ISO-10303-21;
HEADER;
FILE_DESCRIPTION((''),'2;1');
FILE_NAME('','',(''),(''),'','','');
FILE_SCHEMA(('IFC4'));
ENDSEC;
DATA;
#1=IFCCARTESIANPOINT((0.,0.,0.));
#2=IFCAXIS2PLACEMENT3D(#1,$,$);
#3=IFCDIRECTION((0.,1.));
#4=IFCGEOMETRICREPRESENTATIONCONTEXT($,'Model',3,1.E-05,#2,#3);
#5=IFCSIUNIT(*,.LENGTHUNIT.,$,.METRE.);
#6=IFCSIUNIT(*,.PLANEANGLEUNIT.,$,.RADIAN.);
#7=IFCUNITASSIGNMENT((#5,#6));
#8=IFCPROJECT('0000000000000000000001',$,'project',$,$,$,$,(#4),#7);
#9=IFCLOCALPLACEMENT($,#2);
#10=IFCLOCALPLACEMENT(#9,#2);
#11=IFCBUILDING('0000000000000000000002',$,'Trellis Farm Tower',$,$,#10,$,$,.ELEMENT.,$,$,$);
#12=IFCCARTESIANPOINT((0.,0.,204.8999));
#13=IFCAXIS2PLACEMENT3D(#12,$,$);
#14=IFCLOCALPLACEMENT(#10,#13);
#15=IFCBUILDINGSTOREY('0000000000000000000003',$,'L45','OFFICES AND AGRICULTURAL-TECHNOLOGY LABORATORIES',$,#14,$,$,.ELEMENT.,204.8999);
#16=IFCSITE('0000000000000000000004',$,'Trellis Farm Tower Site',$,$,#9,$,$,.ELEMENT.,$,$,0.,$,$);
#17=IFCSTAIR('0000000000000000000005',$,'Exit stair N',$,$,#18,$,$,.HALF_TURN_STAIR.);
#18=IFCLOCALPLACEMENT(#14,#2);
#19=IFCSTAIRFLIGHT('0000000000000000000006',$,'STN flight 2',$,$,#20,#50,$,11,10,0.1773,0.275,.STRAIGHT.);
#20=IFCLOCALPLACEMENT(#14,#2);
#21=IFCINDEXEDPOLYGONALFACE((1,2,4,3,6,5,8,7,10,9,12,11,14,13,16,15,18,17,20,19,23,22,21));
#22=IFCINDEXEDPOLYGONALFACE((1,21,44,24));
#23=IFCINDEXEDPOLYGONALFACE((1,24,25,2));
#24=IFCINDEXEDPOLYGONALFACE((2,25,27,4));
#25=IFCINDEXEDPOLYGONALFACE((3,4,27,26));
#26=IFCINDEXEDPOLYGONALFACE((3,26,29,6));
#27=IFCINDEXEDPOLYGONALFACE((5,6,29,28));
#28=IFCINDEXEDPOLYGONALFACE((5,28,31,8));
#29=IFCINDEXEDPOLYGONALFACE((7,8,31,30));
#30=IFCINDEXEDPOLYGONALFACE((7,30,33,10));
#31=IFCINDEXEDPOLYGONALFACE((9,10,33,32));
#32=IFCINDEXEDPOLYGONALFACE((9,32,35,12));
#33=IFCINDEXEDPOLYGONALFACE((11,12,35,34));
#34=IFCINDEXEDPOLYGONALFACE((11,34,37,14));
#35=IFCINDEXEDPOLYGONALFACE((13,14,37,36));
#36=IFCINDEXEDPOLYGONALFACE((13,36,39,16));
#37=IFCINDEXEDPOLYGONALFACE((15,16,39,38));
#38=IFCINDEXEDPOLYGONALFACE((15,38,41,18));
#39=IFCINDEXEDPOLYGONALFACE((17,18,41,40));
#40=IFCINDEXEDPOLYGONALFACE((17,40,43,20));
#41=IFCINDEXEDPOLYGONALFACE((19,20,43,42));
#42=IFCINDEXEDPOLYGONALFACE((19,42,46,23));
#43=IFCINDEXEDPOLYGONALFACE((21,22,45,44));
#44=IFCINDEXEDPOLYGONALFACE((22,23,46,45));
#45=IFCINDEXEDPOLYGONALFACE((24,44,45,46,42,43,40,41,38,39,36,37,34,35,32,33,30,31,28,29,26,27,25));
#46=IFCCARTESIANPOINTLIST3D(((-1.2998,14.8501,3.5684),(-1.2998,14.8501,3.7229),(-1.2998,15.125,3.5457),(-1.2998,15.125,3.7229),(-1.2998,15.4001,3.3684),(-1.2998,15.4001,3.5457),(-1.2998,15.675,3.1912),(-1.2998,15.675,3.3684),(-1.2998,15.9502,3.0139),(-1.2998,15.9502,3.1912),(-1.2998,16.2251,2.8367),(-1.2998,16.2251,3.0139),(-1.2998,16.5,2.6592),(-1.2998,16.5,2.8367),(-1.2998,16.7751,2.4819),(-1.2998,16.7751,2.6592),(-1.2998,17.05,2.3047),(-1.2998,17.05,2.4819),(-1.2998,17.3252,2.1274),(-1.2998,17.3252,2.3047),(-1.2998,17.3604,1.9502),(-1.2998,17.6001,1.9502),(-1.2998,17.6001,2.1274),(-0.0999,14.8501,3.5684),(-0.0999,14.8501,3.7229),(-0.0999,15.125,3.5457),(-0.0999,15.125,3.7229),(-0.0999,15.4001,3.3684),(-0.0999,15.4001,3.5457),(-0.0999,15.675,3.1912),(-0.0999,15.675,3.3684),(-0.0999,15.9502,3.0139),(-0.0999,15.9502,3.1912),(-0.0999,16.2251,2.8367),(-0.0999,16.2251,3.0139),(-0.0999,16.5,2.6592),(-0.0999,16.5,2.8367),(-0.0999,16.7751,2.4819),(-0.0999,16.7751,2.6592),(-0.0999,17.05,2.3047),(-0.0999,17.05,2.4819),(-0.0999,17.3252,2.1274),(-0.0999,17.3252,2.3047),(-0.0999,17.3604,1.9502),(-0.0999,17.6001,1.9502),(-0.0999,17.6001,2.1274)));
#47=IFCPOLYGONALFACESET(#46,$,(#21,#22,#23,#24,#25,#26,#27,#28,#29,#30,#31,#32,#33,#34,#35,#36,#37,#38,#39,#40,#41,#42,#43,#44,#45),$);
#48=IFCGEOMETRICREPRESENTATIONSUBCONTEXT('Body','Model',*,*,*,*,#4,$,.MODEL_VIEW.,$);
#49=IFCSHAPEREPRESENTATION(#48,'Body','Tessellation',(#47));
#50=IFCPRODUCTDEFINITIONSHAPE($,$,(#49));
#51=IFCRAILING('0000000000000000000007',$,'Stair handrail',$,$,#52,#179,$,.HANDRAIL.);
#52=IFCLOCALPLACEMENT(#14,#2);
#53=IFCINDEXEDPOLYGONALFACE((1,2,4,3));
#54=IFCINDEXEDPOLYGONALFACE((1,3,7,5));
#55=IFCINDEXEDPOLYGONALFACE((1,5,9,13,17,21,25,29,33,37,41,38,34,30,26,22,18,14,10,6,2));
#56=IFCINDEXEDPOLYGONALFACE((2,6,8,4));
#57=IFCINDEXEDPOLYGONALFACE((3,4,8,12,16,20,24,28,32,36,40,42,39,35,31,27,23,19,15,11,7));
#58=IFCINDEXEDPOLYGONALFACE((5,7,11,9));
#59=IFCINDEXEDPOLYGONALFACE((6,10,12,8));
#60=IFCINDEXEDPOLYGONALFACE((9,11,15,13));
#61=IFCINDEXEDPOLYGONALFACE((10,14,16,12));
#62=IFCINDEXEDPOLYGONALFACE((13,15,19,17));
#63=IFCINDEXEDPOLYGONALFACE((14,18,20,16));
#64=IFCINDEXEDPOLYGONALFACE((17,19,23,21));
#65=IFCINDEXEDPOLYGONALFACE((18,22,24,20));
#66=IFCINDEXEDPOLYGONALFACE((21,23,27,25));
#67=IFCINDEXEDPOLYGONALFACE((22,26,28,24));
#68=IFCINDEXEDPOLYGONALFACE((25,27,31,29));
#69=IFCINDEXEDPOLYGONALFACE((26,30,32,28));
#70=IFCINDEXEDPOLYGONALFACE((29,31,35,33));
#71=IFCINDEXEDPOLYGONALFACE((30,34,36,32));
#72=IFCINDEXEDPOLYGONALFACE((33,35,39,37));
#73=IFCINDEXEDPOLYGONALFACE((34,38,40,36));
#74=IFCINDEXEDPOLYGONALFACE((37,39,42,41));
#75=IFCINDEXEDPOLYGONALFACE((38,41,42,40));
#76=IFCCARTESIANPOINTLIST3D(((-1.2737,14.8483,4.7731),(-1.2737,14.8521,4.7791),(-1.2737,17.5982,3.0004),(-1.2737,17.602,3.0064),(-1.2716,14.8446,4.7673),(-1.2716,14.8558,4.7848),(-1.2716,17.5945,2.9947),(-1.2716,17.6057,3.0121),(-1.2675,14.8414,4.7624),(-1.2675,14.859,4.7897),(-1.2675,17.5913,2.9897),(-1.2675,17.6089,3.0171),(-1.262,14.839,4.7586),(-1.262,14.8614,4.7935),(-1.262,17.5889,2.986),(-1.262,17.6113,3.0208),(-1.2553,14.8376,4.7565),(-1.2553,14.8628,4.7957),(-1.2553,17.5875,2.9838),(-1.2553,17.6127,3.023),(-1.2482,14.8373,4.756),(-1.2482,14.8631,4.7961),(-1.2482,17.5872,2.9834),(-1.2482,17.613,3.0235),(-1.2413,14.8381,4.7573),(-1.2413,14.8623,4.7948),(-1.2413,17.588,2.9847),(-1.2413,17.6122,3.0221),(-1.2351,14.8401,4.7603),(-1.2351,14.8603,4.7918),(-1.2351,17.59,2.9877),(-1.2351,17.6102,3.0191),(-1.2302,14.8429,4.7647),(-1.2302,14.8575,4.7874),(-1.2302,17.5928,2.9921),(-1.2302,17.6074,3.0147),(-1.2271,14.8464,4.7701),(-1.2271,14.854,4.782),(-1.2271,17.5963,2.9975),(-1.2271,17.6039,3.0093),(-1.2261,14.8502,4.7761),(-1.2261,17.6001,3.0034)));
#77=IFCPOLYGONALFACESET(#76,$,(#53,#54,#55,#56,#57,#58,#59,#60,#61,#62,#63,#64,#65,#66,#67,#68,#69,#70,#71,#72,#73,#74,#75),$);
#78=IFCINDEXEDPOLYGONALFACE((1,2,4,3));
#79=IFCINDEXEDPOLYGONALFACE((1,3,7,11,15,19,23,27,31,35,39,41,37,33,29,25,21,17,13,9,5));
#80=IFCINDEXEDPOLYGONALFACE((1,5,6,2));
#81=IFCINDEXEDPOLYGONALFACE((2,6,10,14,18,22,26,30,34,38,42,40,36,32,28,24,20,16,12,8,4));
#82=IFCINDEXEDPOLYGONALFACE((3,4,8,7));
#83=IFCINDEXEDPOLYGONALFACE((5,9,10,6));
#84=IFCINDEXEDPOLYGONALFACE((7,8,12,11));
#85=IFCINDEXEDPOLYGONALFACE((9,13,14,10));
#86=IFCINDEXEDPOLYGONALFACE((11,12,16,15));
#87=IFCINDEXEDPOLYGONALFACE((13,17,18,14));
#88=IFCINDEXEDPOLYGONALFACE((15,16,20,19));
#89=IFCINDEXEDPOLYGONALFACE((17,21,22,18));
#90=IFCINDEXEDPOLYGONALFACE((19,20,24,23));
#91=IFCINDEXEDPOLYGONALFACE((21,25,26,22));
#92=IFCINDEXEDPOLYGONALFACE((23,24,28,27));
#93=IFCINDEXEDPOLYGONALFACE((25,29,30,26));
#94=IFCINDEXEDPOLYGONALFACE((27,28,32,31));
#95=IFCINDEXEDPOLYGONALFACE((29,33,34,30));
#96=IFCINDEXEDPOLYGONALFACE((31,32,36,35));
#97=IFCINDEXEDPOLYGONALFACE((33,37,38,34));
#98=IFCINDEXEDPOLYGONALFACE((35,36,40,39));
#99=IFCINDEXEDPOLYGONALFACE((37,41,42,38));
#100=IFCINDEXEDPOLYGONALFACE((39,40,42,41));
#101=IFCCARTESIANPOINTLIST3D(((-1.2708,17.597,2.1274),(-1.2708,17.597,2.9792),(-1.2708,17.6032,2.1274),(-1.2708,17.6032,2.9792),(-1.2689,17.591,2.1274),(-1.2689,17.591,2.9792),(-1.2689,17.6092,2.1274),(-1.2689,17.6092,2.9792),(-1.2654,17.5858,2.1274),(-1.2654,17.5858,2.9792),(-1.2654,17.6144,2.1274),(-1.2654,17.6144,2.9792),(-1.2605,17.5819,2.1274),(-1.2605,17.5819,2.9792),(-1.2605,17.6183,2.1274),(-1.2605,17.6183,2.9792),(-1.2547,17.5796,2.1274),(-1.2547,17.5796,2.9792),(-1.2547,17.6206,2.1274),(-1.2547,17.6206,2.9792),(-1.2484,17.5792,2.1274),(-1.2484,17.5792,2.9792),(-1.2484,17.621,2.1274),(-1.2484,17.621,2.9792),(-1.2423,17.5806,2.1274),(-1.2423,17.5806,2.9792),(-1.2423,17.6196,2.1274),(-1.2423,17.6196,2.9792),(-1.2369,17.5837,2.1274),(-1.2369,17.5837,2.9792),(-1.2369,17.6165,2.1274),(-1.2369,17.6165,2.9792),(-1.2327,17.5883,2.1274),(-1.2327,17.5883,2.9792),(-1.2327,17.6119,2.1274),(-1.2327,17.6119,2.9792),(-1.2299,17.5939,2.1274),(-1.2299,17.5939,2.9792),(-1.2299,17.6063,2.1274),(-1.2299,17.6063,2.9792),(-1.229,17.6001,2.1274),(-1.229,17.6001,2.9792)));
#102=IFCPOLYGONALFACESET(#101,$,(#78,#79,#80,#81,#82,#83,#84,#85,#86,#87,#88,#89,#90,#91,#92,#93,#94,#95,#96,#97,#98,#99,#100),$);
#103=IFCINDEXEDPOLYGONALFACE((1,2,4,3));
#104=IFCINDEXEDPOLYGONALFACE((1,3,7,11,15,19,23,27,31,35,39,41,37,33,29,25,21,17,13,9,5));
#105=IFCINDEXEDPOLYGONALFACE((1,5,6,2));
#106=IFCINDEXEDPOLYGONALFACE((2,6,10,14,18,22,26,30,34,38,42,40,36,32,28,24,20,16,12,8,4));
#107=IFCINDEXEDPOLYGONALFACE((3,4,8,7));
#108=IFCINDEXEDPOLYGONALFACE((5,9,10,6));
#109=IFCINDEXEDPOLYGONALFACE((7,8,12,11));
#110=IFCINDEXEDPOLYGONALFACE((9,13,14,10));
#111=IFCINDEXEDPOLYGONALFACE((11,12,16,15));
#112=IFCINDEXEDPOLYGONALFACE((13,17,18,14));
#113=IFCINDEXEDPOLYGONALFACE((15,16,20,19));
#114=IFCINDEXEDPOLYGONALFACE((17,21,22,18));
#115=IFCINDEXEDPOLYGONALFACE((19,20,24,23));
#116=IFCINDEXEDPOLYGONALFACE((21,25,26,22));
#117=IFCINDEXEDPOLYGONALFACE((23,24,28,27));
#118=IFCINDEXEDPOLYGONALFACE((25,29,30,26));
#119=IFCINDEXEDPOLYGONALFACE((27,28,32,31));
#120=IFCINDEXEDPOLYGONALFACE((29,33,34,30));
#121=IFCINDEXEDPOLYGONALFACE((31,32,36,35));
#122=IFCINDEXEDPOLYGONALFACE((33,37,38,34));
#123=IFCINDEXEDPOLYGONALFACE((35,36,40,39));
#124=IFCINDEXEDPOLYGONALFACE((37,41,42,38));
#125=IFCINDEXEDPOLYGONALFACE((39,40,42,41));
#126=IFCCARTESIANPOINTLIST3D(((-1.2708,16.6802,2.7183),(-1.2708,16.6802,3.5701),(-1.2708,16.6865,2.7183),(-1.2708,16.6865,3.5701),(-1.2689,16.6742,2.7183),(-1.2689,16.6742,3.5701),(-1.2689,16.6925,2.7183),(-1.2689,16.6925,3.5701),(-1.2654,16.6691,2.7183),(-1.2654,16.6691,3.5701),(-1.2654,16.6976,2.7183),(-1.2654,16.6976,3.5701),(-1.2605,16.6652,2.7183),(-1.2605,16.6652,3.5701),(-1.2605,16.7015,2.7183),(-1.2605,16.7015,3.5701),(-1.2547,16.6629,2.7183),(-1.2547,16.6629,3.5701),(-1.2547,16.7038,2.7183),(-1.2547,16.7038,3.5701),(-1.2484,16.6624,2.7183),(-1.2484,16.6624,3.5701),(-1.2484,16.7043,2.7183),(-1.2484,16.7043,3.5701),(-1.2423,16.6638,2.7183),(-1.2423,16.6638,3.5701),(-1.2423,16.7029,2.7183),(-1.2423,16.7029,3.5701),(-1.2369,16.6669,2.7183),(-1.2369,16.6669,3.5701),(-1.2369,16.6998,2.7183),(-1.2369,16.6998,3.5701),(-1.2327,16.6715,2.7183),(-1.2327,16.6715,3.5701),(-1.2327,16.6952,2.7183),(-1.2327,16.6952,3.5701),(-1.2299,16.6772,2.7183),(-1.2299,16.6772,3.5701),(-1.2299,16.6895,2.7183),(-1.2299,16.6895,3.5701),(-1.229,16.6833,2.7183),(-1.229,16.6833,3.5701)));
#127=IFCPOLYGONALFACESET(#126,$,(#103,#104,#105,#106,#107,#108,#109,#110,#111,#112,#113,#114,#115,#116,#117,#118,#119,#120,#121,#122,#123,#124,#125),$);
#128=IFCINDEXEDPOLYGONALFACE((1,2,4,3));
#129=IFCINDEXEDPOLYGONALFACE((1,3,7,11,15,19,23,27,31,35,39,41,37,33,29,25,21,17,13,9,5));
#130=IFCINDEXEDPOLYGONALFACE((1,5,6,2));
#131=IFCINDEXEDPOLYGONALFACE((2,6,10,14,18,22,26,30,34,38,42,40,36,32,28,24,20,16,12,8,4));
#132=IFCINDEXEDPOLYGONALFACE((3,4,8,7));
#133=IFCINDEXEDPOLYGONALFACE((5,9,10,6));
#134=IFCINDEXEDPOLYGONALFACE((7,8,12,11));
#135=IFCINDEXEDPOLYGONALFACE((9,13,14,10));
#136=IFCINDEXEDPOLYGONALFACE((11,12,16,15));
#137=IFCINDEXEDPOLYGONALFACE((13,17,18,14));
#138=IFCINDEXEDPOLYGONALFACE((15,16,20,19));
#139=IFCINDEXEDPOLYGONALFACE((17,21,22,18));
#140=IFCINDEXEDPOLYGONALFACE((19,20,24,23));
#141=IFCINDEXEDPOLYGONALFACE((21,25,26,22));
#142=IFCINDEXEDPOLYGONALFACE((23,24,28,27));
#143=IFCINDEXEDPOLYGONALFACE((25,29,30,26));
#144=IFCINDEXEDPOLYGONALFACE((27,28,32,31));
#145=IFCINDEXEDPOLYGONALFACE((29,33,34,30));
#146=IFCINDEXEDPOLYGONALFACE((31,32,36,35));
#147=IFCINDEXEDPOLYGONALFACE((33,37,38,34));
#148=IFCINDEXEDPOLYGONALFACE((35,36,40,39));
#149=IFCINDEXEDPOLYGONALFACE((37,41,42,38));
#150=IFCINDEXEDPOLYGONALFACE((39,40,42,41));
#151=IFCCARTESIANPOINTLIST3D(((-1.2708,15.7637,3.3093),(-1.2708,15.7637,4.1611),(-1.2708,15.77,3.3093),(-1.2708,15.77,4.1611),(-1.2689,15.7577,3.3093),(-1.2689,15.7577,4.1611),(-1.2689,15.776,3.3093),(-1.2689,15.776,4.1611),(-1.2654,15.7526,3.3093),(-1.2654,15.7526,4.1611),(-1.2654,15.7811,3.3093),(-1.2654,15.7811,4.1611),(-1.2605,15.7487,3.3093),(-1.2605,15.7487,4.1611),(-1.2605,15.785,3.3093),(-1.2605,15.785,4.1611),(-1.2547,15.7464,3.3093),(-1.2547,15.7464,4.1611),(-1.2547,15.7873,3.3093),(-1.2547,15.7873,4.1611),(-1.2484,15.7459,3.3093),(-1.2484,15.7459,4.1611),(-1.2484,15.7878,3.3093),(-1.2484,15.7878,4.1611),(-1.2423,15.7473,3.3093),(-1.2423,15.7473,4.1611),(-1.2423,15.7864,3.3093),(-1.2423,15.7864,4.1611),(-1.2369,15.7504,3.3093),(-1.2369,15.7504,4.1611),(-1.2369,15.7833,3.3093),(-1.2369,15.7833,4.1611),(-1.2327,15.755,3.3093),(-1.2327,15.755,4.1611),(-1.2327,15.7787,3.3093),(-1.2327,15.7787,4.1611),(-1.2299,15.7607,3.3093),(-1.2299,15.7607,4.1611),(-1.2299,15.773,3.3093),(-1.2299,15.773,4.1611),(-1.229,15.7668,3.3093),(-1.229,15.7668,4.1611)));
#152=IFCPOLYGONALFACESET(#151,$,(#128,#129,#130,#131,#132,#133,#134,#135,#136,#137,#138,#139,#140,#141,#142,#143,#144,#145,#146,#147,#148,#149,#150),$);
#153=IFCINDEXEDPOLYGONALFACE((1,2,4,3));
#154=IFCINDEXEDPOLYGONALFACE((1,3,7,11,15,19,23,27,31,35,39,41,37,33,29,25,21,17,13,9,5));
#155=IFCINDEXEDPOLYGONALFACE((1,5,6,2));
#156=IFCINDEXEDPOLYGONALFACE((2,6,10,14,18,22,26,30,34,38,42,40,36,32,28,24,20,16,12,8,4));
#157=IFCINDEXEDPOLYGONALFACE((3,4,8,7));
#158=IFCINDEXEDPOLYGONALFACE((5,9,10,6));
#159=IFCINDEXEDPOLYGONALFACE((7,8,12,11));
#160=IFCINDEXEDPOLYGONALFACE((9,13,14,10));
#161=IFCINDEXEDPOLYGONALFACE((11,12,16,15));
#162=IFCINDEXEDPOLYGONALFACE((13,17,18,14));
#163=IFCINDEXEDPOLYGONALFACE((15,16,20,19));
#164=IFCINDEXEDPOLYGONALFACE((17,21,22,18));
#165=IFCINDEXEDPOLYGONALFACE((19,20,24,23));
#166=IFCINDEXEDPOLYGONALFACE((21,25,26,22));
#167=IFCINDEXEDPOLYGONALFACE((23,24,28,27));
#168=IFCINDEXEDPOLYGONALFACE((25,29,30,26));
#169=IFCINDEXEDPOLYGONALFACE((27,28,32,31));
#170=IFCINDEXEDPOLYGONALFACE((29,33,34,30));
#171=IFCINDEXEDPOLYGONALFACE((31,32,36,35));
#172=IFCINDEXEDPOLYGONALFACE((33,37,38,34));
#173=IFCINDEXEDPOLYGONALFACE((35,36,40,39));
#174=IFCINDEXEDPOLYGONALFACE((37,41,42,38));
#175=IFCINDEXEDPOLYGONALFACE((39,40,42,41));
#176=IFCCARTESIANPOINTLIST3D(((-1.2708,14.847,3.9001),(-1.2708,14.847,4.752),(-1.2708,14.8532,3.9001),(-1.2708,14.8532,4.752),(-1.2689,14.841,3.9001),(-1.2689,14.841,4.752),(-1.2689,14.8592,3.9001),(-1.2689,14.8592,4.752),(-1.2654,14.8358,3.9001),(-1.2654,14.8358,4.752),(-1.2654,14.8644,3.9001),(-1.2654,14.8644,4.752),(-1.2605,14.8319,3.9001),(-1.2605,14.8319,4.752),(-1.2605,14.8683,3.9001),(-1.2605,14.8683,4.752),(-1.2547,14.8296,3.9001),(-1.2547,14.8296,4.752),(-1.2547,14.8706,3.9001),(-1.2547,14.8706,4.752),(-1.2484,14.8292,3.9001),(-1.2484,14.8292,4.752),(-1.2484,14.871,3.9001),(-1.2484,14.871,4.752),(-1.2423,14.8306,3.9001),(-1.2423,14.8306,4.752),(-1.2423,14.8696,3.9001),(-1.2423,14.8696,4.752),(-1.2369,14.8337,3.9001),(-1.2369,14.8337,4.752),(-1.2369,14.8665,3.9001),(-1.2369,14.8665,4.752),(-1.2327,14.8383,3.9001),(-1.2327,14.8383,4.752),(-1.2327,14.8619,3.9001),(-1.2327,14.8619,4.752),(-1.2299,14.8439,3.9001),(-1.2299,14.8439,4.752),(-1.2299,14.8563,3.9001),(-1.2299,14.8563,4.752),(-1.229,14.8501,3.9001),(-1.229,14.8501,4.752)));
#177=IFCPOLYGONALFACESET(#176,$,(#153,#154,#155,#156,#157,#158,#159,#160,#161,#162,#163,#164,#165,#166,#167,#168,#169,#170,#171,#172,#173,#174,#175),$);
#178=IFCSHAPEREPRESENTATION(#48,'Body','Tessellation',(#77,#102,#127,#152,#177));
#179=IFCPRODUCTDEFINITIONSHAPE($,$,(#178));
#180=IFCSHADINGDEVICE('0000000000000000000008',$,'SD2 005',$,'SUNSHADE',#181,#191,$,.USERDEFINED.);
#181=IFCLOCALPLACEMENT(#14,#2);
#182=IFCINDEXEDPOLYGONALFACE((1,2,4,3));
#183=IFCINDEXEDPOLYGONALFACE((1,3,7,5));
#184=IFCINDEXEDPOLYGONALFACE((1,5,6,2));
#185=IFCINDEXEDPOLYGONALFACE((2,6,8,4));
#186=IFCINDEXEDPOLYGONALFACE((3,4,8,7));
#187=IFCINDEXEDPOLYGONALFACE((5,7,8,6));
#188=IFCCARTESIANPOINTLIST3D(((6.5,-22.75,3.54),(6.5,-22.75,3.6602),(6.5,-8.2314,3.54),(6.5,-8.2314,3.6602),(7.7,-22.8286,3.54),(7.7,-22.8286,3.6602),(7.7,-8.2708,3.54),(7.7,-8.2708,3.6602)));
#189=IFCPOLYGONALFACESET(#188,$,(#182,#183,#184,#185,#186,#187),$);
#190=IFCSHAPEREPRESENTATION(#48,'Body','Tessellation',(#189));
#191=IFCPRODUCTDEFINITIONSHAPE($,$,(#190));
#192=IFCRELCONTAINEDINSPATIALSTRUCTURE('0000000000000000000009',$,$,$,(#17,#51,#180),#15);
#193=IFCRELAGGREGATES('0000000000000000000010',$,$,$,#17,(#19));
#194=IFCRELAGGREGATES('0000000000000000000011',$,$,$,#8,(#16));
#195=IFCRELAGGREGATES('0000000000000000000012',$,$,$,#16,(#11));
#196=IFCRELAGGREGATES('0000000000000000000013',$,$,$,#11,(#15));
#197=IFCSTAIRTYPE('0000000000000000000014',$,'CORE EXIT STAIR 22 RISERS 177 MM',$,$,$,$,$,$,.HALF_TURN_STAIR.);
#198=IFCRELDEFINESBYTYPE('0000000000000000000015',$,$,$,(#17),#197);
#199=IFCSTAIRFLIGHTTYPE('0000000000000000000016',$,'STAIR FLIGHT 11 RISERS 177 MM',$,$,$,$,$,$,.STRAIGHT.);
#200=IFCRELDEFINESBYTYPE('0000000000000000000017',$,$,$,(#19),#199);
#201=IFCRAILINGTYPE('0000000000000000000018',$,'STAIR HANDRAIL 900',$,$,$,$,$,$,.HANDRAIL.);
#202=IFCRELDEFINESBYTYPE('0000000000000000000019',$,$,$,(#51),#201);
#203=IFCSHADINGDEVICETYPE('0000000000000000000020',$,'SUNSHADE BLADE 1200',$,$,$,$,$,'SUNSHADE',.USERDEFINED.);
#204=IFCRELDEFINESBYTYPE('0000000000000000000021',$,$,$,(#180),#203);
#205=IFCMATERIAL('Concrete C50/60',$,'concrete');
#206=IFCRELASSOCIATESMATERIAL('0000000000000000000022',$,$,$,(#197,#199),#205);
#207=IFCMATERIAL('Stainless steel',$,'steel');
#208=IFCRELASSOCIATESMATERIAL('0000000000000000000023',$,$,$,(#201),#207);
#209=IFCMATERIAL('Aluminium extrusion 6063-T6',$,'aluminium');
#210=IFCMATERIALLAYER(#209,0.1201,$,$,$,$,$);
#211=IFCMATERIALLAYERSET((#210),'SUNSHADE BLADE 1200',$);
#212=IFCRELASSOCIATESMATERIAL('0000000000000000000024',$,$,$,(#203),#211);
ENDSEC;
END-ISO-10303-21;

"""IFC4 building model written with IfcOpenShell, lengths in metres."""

from ifc_helpers import new_model, si_unit, direction, frame, origin, origin_2d, place, context, subcontext, project, spatial, polyline, circle, outline, extrude, source, transform, mapped, material, layer, layer_set, type_object, element, aggregate, save


model = new_model("IFC4")

# Units and contexts
model_context = context("Model", 3, precision=1e-05, world=origin(), true_north=direction((0.0, 1.0)))
body_context = subcontext(model_context, "Body", "Model", "MODEL_VIEW")
ifc_project = project(units=[si_unit("LENGTHUNIT", "METRE"), si_unit("PLANEANGLEUNIT", "RADIAN")], contexts=[model_context])

# Site, building, storey
site_placement = place(None, origin())
site = spatial("IfcSite", under=ifc_project, at=site_placement, Name="Trellis Farm Tower Site", CompositionType="ELEMENT", RefElevation=0.0)
building_placement = place(site_placement, origin())
building = spatial("IfcBuilding", under=site, at=building_placement, Name="Trellis Farm Tower", CompositionType="ELEMENT")
storey_placement = place(building_placement, frame((0.0, 0.0, 204.8999)))
storey = spatial("IfcBuildingStorey", under=building, at=storey_placement, Name="L45", Description="OFFICES AND AGRICULTURAL-TECHNOLOGY LABORATORIES", CompositionType="ELEMENT", Elevation=204.8999)

# Shared definitions
placement = place(storey_placement, origin())
ifc_material_1 = material(Name="Aluminium extrusion 6063-T6", Category="aluminium")

# Stair, stair flight
ifc_material_2 = material(Name="Concrete C50/60", Category="concrete")
stair_type = type_object("IfcStairType", Name="CORE EXIT STAIR 22 RISERS 177 MM", PredefinedType="HALF_TURN_STAIR", material=ifc_material_2)
stair = element("IfcStair", 1, at=placement, inside=storey, type_object=stair_type, Name="Exit stair N", PredefinedType="HALF_TURN_STAIR")
stair_flight_type = type_object("IfcStairFlightType", Name="STAIR FLIGHT 11 RISERS 177 MM", PredefinedType="STRAIGHT", material=ifc_material_2)
shared_shape_1 = source(origin(), body_context, "Body", "SweptSolid", [
    extrude(outline(polyline([(0.0, 0.0), (0.0, 0.1772), (0.2749, 0.1772), (0.2749, 0.3545), (0.55, 0.3545), (0.55, 0.5317), (0.825, 0.5317), (0.825, 0.709), (1.1001, 0.709), (1.1001, 0.8865), (1.375, 0.8865), (1.375, 1.0637), (1.6499, 1.0637), (1.6499, 1.241), (1.925, 1.241), (1.925, 1.4182), (2.2, 1.4182), (2.2, 1.5955), (2.4751, 1.5955), (2.4751, 1.7727), (2.75, 1.7727), (2.75, 1.95), (2.75, 1.6182), (0.2397, 0.0), (0.0, 0.0)])), frame((0.0, 0.6001, 0.0), z_axis=(0.0, -1.0, 0.0), x_axis=(1.0, 0.0, 0.0)), (0.0, 0.0, 1.0), 1.2),
])
stair_flight_placement = place(storey_placement, frame((-0.7, 17.6001, 1.9502), z_axis=(0.0, 0.0, 1.0), x_axis=(0.0, -1.0, 0.0)))
stair_flight = element("IfcStairFlight", 2, at=stair_flight_placement, type_object=stair_flight_type, Name="STN flight 2", NumberOfRisers=11, NumberOfTreads=10, PredefinedType="STRAIGHT", RiserHeight=0.1773, TreadLength=0.275, context=body_context, shape_type="MappedRepresentation", body=[
    mapped(shared_shape_1, transform((0.0, 0.0, 0.0))),
])
aggregate(stair, [stair_flight])

# Railing
ifc_material_3 = material(Name="Stainless steel", Category="steel")
railing_type = type_object("IfcRailingType", Name="STAIR HANDRAIL 900", PredefinedType="HANDRAIL", material=ifc_material_3)
shared_shape_2 = source(origin(), body_context, "Body", "SweptSolid", [
    extrude(circle(Radius=0.0239, at=origin_2d()), frame((0.0, 0.0, 0.876), z_axis=(0.0, -0.840504, 0.541806), x_axis=(1.0, 0.0, 0.0)), (0.0, 0.0, 1.0), 3.2717),
    extrude(circle(Radius=0.021, at=origin_2d()), origin(), (0.0, 0.0, 1.0), 0.8518),
    extrude(circle(Radius=0.021, at=origin_2d()), frame((0.0, -0.9167, 0.5908)), (0.0, 0.0, 1.0), 0.8518),
    extrude(circle(Radius=0.021, at=origin_2d()), frame((0.0, -1.8333, 1.1819)), (0.0, 0.0, 1.0), 0.8518),
    extrude(circle(Radius=0.021, at=origin_2d()), frame((0.0, -2.75, 1.7727)), (0.0, 0.0, 1.0), 0.8518),
])
railing_placement = place(storey_placement, frame((-1.25, 17.6001, 2.1274)))
element("IfcRailing", 3, at=railing_placement, inside=storey, type_object=railing_type, Name="Stair handrail", PredefinedType="HANDRAIL", context=body_context, shape_type="MappedRepresentation", body=[
    mapped(shared_shape_2, transform((0.0, 0.0, 0.0))),
])

# Shading device
ifc_layer_1 = layer(ifc_material_1, 0.1201)
ifc_layer_set_1 = layer_set([ifc_layer_1], Name="SUNSHADE BLADE 1200")
shading_device_type = type_object("IfcShadingDeviceType", Name="SUNSHADE BLADE 1200", ElementType="SUNSHADE", PredefinedType="USERDEFINED", material=ifc_layer_set_1)
shared_shape_3 = source(origin(), body_context, "Body", "SweptSolid", [
    extrude(outline(polyline([(7.7, -22.8286), (7.7, -8.2708), (6.5, -8.2314), (6.5, -22.75), (7.7, -22.8286)])), origin(), (0.0, 0.0, 1.0), 0.1201),
])
shading_device_placement = place(storey_placement, frame((0.0, 0.0, 3.54)))
element("IfcShadingDevice", 4, at=shading_device_placement, inside=storey, type_object=shading_device_type, Name="SD2 005", ObjectType="SUNSHADE", PredefinedType="USERDEFINED", context=body_context, shape_type="MappedRepresentation", body=[
    mapped(shared_shape_3, transform((0.0, 0.0, 0.0))),
])

save(model, "model.ifc")
